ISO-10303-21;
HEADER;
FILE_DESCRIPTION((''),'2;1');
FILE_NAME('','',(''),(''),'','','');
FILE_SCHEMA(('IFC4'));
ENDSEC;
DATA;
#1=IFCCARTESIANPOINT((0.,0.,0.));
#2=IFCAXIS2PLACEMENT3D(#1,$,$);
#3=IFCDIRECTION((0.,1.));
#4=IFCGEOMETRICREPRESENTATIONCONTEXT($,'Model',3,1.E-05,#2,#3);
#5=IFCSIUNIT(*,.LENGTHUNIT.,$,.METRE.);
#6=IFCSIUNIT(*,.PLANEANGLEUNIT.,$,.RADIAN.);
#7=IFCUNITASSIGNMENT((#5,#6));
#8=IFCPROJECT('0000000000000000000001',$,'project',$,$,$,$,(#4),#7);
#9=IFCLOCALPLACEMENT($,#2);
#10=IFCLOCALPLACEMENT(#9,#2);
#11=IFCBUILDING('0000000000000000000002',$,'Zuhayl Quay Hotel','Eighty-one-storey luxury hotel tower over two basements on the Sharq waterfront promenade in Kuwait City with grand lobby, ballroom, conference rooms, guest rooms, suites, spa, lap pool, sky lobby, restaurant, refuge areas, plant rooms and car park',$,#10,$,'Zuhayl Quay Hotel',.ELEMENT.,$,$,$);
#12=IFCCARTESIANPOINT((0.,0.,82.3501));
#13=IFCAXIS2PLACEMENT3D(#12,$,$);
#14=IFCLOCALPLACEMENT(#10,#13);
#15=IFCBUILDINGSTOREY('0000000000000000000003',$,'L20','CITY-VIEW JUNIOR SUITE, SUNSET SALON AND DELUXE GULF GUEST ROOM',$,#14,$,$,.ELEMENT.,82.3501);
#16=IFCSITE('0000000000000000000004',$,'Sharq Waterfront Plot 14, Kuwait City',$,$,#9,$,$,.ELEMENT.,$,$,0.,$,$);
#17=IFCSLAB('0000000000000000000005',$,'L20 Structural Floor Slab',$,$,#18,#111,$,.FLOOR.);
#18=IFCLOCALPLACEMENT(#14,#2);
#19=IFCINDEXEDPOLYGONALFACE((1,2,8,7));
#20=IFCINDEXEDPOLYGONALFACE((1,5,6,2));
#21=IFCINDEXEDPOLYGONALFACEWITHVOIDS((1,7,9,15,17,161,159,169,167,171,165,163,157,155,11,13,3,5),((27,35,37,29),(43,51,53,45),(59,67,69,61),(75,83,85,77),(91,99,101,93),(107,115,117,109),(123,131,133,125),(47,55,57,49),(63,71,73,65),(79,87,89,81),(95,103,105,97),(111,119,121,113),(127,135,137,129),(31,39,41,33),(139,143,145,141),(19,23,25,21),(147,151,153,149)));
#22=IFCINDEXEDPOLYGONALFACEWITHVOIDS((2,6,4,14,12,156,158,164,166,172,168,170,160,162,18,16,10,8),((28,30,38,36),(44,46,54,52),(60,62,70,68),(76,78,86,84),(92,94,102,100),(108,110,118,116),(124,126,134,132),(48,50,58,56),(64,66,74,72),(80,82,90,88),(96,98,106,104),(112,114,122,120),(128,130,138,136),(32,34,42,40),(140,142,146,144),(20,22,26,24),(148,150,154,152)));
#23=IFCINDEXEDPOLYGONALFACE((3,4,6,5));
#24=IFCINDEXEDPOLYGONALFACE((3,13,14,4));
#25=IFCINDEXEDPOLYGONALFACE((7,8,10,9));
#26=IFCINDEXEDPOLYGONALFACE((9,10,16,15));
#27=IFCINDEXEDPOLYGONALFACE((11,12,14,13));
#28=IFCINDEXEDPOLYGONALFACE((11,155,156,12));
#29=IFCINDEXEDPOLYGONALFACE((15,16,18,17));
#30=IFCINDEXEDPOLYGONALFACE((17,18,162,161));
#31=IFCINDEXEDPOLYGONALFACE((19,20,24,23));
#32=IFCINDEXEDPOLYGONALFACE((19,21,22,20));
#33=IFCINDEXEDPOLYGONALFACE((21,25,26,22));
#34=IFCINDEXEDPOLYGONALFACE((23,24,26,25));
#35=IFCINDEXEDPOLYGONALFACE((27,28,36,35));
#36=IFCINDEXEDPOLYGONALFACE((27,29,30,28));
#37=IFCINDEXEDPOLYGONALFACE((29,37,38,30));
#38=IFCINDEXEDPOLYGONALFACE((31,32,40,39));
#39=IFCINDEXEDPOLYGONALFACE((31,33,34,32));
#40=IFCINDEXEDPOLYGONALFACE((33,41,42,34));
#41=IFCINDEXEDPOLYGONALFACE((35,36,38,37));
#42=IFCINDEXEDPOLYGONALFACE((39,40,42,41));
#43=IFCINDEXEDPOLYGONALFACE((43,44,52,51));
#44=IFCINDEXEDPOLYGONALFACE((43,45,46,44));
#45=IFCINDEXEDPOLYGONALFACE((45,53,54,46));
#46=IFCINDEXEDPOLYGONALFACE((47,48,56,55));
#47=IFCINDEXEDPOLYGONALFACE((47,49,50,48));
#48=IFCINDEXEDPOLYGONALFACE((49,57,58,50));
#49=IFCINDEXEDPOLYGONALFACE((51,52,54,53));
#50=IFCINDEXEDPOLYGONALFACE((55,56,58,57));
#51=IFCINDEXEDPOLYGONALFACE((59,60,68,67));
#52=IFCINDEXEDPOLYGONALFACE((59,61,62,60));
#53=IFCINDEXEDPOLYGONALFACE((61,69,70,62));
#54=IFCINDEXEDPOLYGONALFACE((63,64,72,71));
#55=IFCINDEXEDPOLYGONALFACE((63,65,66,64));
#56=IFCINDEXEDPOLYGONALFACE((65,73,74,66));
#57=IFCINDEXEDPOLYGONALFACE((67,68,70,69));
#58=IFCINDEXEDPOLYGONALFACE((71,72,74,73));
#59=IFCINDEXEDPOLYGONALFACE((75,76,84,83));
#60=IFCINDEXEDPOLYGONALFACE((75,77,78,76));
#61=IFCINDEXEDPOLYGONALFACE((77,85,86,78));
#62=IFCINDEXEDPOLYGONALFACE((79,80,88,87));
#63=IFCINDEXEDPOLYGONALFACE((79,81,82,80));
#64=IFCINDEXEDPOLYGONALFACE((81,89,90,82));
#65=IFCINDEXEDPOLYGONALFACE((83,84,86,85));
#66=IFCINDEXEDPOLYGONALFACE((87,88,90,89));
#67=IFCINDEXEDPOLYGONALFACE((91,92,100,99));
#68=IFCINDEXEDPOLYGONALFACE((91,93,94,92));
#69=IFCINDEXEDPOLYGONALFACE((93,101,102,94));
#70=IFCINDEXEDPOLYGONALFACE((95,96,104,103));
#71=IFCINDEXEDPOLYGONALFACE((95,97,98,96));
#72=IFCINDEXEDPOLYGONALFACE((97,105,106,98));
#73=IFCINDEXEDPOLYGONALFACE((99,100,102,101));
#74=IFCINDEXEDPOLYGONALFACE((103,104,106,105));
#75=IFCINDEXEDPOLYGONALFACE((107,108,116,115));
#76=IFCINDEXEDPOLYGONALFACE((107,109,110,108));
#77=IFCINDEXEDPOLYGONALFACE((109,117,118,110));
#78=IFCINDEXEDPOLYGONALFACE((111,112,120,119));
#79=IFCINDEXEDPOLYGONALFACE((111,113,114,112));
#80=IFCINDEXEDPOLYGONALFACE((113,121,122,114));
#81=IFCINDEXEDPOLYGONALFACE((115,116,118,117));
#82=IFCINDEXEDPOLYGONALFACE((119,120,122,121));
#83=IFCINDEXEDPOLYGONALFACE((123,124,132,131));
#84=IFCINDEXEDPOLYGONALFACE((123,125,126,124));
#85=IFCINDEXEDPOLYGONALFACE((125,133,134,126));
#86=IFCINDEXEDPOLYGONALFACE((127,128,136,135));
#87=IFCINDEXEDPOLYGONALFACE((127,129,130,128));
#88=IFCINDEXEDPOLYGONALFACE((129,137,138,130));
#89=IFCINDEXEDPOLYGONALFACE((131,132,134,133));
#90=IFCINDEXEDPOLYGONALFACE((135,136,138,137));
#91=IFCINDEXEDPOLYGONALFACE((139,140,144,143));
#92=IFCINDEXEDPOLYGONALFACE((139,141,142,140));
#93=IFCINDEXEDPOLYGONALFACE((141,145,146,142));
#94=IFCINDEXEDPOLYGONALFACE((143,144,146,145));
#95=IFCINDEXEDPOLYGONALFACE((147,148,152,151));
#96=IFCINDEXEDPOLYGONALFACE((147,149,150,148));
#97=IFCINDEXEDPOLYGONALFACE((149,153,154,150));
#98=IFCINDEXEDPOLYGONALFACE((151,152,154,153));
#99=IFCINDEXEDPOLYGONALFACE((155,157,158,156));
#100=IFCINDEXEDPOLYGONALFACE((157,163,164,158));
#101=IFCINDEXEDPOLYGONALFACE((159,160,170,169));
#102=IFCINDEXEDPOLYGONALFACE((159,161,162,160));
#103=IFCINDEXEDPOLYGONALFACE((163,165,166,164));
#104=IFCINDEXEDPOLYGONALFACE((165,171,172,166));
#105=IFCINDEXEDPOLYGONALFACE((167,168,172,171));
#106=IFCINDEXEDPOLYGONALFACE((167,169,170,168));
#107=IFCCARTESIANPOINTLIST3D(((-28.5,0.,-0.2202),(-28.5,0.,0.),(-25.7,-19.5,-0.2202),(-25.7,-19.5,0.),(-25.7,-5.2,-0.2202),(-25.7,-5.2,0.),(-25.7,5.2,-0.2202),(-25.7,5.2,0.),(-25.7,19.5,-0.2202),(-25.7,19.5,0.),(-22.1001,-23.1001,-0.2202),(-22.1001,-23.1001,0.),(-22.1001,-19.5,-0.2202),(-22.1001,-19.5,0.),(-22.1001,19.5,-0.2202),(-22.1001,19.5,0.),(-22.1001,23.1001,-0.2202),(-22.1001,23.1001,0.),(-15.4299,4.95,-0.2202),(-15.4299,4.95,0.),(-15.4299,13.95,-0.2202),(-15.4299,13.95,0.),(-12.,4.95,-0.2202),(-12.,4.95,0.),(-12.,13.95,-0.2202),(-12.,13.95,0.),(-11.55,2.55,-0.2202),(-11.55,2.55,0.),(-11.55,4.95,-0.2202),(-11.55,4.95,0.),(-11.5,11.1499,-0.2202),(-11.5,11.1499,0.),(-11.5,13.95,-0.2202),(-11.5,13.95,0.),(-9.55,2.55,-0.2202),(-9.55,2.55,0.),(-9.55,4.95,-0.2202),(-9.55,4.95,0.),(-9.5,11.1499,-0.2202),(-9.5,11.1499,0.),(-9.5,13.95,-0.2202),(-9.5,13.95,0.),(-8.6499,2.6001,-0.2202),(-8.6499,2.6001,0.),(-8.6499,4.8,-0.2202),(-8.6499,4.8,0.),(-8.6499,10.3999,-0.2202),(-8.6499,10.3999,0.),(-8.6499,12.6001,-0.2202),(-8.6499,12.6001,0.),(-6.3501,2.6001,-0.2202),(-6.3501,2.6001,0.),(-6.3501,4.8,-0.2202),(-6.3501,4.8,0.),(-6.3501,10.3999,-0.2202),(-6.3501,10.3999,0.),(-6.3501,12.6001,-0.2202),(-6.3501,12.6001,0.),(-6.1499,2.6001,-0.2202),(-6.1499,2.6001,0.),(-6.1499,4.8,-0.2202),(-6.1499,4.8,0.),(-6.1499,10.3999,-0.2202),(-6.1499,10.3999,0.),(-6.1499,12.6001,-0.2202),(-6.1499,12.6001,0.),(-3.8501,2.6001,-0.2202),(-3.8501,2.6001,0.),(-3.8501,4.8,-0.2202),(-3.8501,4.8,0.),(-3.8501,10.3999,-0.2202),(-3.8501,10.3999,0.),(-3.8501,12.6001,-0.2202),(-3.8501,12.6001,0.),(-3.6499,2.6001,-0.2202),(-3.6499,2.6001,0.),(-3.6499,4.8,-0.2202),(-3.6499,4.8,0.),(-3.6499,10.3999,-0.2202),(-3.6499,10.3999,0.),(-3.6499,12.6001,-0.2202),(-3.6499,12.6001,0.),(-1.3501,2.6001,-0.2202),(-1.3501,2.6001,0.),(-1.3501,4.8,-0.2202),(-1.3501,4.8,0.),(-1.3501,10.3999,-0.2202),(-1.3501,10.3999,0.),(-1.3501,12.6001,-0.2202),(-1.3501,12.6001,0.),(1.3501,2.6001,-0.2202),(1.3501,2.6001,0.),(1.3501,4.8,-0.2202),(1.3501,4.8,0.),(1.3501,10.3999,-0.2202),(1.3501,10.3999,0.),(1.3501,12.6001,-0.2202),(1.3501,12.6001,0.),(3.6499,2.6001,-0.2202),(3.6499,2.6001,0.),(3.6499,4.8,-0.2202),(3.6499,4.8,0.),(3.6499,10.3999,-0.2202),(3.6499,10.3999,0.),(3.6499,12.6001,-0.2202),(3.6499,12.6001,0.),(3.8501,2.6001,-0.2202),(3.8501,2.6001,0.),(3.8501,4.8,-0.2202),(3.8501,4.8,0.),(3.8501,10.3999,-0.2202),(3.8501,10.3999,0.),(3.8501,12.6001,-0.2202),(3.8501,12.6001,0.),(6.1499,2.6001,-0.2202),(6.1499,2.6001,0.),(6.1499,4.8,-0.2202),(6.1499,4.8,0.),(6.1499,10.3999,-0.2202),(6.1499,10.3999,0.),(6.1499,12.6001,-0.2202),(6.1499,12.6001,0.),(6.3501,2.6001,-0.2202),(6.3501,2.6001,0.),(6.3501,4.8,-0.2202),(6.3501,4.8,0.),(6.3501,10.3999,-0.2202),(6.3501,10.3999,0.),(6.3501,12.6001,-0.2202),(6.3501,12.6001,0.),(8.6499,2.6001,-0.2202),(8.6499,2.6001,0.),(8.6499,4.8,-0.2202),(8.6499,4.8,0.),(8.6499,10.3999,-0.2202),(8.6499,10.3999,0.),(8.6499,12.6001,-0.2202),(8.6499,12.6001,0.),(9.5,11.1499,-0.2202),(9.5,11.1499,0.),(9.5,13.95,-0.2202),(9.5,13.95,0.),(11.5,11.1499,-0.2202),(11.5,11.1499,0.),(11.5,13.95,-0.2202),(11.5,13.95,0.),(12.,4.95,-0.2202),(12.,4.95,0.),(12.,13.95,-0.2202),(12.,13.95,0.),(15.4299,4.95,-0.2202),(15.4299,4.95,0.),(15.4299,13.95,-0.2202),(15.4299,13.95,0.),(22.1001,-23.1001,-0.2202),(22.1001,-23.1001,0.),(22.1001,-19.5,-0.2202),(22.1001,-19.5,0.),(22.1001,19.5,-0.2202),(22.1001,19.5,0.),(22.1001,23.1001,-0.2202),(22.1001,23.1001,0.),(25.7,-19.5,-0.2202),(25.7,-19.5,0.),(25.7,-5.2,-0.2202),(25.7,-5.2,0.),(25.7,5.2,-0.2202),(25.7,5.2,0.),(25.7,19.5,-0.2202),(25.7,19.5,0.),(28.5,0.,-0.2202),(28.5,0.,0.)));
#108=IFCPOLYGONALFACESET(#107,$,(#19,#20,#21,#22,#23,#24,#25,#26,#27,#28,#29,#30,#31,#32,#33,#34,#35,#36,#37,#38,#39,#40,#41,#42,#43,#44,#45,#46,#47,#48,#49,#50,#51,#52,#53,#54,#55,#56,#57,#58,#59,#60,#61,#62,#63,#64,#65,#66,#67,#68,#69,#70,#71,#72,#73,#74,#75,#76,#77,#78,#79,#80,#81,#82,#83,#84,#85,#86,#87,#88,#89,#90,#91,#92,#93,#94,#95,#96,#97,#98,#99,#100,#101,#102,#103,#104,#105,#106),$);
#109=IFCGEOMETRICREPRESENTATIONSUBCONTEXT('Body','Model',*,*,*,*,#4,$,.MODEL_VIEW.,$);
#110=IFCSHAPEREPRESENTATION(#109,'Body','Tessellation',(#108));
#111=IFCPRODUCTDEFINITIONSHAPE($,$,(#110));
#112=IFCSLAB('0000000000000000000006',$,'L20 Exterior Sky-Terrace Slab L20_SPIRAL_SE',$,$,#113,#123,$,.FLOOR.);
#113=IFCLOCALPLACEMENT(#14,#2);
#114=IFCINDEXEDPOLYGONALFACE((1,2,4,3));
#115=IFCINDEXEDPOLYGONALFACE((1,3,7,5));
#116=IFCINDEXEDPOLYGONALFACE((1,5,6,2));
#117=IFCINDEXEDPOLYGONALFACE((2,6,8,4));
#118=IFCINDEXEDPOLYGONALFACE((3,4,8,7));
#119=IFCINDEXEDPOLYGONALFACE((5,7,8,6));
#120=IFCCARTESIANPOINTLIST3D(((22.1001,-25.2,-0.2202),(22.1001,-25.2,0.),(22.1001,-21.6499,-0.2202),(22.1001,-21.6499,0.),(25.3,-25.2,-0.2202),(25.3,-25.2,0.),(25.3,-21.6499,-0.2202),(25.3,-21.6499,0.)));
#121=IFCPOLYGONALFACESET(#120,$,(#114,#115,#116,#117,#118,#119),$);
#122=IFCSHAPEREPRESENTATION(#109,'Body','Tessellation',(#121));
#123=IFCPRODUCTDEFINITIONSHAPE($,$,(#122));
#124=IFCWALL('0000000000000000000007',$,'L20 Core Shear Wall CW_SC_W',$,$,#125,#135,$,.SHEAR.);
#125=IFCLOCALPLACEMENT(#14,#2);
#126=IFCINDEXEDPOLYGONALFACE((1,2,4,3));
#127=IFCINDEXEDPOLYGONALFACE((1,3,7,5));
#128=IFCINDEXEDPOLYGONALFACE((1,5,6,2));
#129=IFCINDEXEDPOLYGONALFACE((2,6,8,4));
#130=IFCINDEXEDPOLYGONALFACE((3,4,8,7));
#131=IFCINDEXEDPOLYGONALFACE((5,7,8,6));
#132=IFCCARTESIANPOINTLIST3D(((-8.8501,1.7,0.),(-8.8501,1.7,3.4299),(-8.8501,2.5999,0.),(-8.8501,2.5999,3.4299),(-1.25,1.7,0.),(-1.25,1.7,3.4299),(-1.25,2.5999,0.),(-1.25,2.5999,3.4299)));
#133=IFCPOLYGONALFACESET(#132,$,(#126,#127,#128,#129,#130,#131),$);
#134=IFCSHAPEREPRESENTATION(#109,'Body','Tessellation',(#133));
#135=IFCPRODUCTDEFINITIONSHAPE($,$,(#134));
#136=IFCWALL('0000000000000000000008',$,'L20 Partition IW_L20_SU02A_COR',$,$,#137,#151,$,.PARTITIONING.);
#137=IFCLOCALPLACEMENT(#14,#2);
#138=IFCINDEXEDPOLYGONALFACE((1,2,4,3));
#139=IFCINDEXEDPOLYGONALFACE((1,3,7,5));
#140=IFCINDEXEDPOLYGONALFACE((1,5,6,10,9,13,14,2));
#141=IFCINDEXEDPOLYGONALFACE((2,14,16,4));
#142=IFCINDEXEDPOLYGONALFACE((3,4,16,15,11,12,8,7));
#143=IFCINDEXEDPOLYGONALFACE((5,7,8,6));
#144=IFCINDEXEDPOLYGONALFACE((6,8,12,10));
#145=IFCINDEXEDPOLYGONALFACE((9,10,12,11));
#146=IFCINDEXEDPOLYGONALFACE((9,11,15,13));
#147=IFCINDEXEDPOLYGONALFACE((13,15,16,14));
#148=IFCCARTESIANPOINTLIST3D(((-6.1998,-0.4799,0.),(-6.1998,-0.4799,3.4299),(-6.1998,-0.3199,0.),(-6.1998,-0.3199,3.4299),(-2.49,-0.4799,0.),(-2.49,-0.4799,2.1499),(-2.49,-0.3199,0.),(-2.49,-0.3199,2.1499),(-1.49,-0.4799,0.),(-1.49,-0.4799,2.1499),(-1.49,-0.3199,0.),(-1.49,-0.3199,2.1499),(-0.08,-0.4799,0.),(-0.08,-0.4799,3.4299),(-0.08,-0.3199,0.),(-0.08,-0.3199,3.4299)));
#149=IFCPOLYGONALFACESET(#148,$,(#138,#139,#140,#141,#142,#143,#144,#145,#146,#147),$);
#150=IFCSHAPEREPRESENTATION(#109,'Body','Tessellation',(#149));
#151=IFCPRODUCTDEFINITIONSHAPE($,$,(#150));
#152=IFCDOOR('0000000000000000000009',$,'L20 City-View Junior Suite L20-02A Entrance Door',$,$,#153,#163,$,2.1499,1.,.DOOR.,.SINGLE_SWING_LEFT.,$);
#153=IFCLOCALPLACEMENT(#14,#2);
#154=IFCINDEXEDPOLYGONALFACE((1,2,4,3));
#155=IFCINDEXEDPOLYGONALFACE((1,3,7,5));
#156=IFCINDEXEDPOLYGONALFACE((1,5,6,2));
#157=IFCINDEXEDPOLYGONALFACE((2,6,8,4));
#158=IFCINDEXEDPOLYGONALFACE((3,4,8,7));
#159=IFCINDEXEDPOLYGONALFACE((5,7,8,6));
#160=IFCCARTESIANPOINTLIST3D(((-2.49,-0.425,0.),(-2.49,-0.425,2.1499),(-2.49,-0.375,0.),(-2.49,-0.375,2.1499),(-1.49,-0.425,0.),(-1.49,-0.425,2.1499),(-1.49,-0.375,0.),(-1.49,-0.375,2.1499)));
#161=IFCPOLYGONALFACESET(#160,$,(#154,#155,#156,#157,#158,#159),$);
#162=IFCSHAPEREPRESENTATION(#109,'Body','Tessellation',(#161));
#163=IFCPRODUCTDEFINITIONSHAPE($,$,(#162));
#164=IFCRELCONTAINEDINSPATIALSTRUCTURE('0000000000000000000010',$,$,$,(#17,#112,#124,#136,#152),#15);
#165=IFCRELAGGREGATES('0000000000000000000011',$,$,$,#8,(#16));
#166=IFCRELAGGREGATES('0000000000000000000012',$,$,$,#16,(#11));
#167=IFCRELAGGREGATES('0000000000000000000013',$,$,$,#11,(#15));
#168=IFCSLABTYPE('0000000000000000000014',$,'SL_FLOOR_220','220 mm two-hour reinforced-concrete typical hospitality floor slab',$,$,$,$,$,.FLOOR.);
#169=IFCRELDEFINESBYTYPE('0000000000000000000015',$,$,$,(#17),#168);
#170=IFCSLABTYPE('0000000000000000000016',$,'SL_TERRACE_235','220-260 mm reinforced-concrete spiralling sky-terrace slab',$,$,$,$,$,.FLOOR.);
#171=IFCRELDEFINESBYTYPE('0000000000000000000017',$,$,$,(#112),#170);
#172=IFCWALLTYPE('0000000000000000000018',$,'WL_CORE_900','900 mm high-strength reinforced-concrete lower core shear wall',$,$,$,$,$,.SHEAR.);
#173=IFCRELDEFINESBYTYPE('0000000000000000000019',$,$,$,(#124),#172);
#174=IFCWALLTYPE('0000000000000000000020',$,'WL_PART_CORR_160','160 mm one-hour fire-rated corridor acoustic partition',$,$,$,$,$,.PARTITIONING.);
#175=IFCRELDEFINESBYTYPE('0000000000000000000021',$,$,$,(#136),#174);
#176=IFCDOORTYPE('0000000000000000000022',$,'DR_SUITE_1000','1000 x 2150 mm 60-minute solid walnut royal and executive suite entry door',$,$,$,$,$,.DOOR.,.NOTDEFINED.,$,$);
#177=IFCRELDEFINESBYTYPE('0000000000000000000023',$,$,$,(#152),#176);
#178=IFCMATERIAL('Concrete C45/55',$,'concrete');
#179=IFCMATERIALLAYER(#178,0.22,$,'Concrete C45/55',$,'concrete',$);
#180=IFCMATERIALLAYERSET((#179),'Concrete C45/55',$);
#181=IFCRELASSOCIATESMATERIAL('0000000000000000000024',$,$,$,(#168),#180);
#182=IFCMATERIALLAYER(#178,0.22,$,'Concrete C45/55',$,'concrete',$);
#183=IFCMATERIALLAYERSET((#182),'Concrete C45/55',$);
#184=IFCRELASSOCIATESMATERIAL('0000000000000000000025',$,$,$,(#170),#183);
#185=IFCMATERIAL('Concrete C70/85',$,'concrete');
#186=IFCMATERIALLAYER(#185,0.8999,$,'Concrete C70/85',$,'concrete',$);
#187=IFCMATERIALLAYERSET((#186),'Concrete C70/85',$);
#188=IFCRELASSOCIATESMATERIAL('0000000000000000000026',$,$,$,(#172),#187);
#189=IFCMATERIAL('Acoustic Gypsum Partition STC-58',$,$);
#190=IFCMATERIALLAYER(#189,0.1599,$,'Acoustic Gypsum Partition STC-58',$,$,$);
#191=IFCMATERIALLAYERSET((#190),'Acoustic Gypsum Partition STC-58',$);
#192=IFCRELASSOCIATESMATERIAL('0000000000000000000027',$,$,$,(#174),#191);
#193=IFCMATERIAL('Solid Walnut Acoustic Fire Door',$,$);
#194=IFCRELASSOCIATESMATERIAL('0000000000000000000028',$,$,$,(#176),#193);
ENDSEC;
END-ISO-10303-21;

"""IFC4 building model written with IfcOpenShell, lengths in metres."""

from ifc_helpers import new_model, si_unit, direction, frame, frame_2d, origin, place, context, subcontext, project, spatial, polyline, rectangle, outline, extrude, material, layer, layer_set, type_object, element, fill, save


model = new_model("IFC4")

# Units and contexts
model_context = context("Model", 3, precision=1e-05, world=origin(), true_north=direction((0.0, 1.0)))
body_context = subcontext(model_context, "Body", "Model", "MODEL_VIEW")
ifc_project = project(units=[si_unit("LENGTHUNIT", "METRE"), si_unit("PLANEANGLEUNIT", "RADIAN")], contexts=[model_context])

# Site, building, storey
site_placement = place(None, origin())
site = spatial("IfcSite", under=ifc_project, at=site_placement, Name="Sharq Waterfront Plot 14, Kuwait City", CompositionType="ELEMENT", RefElevation=0.0)
building_placement = place(site_placement, origin())
building = spatial("IfcBuilding", under=site, at=building_placement, Name="Zuhayl Quay Hotel", Description="Eighty-one-storey luxury hotel tower over two basements on the Sharq waterfront promenade in Kuwait City with grand lobby, ballroom, conference rooms, guest rooms, suites, spa, lap pool, sky lobby, restaurant, refuge areas, plant rooms and car park", LongName="Zuhayl Quay Hotel", CompositionType="ELEMENT")
storey_placement = place(building_placement, frame((0.0, 0.0, 82.3501)))
storey = spatial("IfcBuildingStorey", under=building, at=storey_placement, Name="L20", Description="CITY-VIEW JUNIOR SUITE, SUNSET SALON AND DELUXE GULF GUEST ROOM", CompositionType="ELEMENT", Elevation=82.3501)

# Shared definitions
ifc_material_1 = material(Name="Concrete C70/85", Category="concrete")

# Slabs
ifc_material_2 = material(Name="Concrete C45/55", Category="concrete")
ifc_layer_1 = layer(ifc_material_2, 0.22, Name="Concrete C45/55", Category="concrete")
ifc_layer_set_1 = layer_set([ifc_layer_1], Name="Concrete C45/55")
slab_type_1 = type_object("IfcSlabType", Name="SL_FLOOR_220", Description="220 mm two-hour reinforced-concrete typical hospitality floor slab", PredefinedType="FLOOR", material=ifc_layer_set_1)
slab_1_placement = place(storey_placement, frame((0.0, 0.0, -0.2202)))
element("IfcSlab", 1, at=slab_1_placement, inside=storey, type_object=slab_type_1, Name="L20 Structural Floor Slab", PredefinedType="FLOOR", context=body_context, shape_type="SweptSolid", body=[
    extrude(outline(polyline([(-22.1001, -23.1001), (22.1001, -23.1001), (22.1001, -19.5), (25.7, -19.5), (25.7, -5.2), (28.5, 0.0), (25.7, 5.2), (25.7, 19.5), (22.1001, 19.5), (22.1001, 23.1001), (-22.1001, 23.1001), (-22.1001, 19.5), (-25.7, 19.5), (-25.7, 5.2), (-28.5, 0.0), (-25.7, -5.2), (-25.7, -19.5), (-22.1001, -19.5), (-22.1001, -23.1001)]), holes=[polyline([(-12.0, 4.95), (-12.0, 13.95), (-15.4299, 13.95), (-15.4299, 4.95), (-12.0, 4.95)]), polyline([(15.4299, 4.95), (15.4299, 13.95), (12.0, 13.95), (12.0, 4.95), (15.4299, 4.95)]), polyline([(-11.5, 11.1499), (-9.5, 11.1499), (-9.5, 13.95), (-11.5, 13.95), (-11.5, 11.1499)]), polyline([(9.5, 11.1499), (11.5, 11.1499), (11.5, 13.95), (9.5, 13.95), (9.5, 11.1499)]), polyline([(-8.6499, 2.6001), (-6.3501, 2.6001), (-6.3501, 4.8), (-8.6499, 4.8), (-8.6499, 2.6001)]), polyline([(-6.1499, 2.6001), (-3.8501, 2.6001), (-3.8501, 4.8), (-6.1499, 4.8), (-6.1499, 2.6001)]), polyline([(-8.6499, 10.3999), (-6.3501, 10.3999), (-6.3501, 12.6001), (-8.6499, 12.6001), (-8.6499, 10.3999)]), polyline([(-6.1499, 10.3999), (-3.8501, 10.3999), (-3.8501, 12.6001), (-6.1499, 12.6001), (-6.1499, 10.3999)]), polyline([(-3.6499, 2.6001), (-1.3501, 2.6001), (-1.3501, 4.8), (-3.6499, 4.8), (-3.6499, 2.6001)]), polyline([(1.3501, 2.6001), (3.6499, 2.6001), (3.6499, 4.8), (1.3501, 4.8), (1.3501, 2.6001)]), polyline([(-3.6499, 10.3999), (-1.3501, 10.3999), (-1.3501, 12.6001), (-3.6499, 12.6001), (-3.6499, 10.3999)]), polyline([(1.3501, 10.3999), (3.6499, 10.3999), (3.6499, 12.6001), (1.3501, 12.6001), (1.3501, 10.3999)]), polyline([(3.8501, 2.6001), (6.1499, 2.6001), (6.1499, 4.8), (3.8501, 4.8), (3.8501, 2.6001)]), polyline([(6.3501, 2.6001), (8.6499, 2.6001), (8.6499, 4.8), (6.3501, 4.8), (6.3501, 2.6001)]), polyline([(3.8501, 10.3999), (6.1499, 10.3999), (6.1499, 12.6001), (3.8501, 12.6001), (3.8501, 10.3999)]), polyline([(6.3501, 10.3999), (8.6499, 10.3999), (8.6499, 12.6001), (6.3501, 12.6001), (6.3501, 10.3999)]), polyline([(-11.55, 2.55), (-9.55, 2.55), (-9.55, 4.95), (-11.55, 4.95), (-11.55, 2.55)])]), origin(), (0.0, 0.0, 1.0), 0.2202),
])
ifc_layer_2 = layer(ifc_material_2, 0.22, Name="Concrete C45/55", Category="concrete")
ifc_layer_set_2 = layer_set([ifc_layer_2], Name="Concrete C45/55")
slab_type_2 = type_object("IfcSlabType", Name="SL_TERRACE_235", Description="220-260 mm reinforced-concrete spiralling sky-terrace slab", PredefinedType="FLOOR", material=ifc_layer_set_2)
slab_2_placement = place(storey_placement, frame((0.0, 0.0, -0.2202)))
element("IfcSlab", 2, at=slab_2_placement, inside=storey, type_object=slab_type_2, Name="L20 Exterior Sky-Terrace Slab L20_SPIRAL_SE", PredefinedType="FLOOR", context=body_context, shape_type="SweptSolid", body=[
    extrude(outline(polyline([(22.1001, -25.2), (25.3, -25.2), (25.3, -21.6499), (22.1001, -21.6499), (22.1001, -25.2)])), origin(), (0.0, 0.0, 1.0), 0.2202),
])

# Wall
ifc_layer_3 = layer(ifc_material_1, 0.8999, Name="Concrete C70/85", Category="concrete")
ifc_layer_set_3 = layer_set([ifc_layer_3], Name="Concrete C70/85")
wall_type_1 = type_object("IfcWallType", Name="WL_CORE_900", Description="900 mm high-strength reinforced-concrete lower core shear wall", PredefinedType="SHEAR", material=ifc_layer_set_3)
wall_1_placement = place(storey_placement, frame((-8.8501, 2.1499, 0.0), z_axis=(0.0, 0.0, 1.0), x_axis=(1.0, 0.0, 0.0)))
element("IfcWall", 3, at=wall_1_placement, inside=storey, type_object=wall_type_1, Name="L20 Core Shear Wall CW_SC_W", PredefinedType="SHEAR", context=body_context, shape_type="SweptSolid", body=[
    extrude(rectangle(XDim=7.6001, YDim=0.8999, at=frame_2d((3.8, 0.0))), origin(), (0.0, 0.0, 1.0), 3.4299),
])

# Wall, opening, door
ifc_material_3 = material(Name="Acoustic Gypsum Partition STC-58")
ifc_layer_4 = layer(ifc_material_3, 0.1599, Name="Acoustic Gypsum Partition STC-58")
ifc_layer_set_4 = layer_set([ifc_layer_4], Name="Acoustic Gypsum Partition STC-58")
wall_type_2 = type_object("IfcWallType", Name="WL_PART_CORR_160", Description="160 mm one-hour fire-rated corridor acoustic partition", PredefinedType="PARTITIONING", material=ifc_layer_set_4)
wall_2_placement = place(storey_placement, frame((-6.2, -0.3999, 0.0), z_axis=(0.0, 0.0, 1.0), x_axis=(1.0, 0.0, 0.0)))
wall_2 = element("IfcWall", 4, at=wall_2_placement, inside=storey, type_object=wall_type_2, Name="L20 Partition IW_L20_SU02A_COR", PredefinedType="PARTITIONING", context=body_context, shape_type="SweptSolid", body=[
    extrude(rectangle(XDim=6.1199, YDim=0.1599, at=frame_2d((3.0601, 0.0))), origin(), (0.0, 0.0, 1.0), 3.4299),
])
opening_1_placement = place(wall_2_placement, frame((3.71, 0.0, 0.0)))
opening_1 = element("IfcOpeningElement", 5, at=opening_1_placement, cuts=wall_2, PredefinedType="OPENING", context=body_context, shape_type="SweptSolid", body=[
    extrude(rectangle(XDim=1.0, YDim=2.1499, at=frame_2d((0.5, 1.075))), frame((0.0, 0.0898, 0.0), z_axis=(0.0, -1.0, 0.0), x_axis=(1.0, 0.0, 0.0)), (0.0, 0.0, 1.0), 0.1799),
])
ifc_material_4 = material(Name="Solid Walnut Acoustic Fire Door")
door_type_1 = type_object("IfcDoorType", Name="DR_SUITE_1000", Description="1000 x 2150 mm 60-minute solid walnut royal and executive suite entry door", OperationType="NOTDEFINED", PredefinedType="DOOR", material=ifc_material_4)
door_1_placement = place(opening_1_placement, origin())
door_1 = element("IfcDoor", 6, at=door_1_placement, inside=storey, type_object=door_type_1, Name="L20 City-View Junior Suite L20-02A Entrance Door", OperationType="SINGLE_SWING_LEFT", OverallHeight=2.1499, OverallWidth=1.0, PredefinedType="DOOR", context=body_context, shape_type="SweptSolid", body=[
    extrude(rectangle(XDim=1.0, YDim=2.1499, at=frame_2d((0.5, 1.075))), frame((0.0, 0.0249, 0.0), z_axis=(0.0, -1.0, 0.0), x_axis=(1.0, 0.0, 0.0)), (0.0, 0.0, 1.0), 0.05),
])
fill(opening_1, door_1)

save(model, "model.ifc")
